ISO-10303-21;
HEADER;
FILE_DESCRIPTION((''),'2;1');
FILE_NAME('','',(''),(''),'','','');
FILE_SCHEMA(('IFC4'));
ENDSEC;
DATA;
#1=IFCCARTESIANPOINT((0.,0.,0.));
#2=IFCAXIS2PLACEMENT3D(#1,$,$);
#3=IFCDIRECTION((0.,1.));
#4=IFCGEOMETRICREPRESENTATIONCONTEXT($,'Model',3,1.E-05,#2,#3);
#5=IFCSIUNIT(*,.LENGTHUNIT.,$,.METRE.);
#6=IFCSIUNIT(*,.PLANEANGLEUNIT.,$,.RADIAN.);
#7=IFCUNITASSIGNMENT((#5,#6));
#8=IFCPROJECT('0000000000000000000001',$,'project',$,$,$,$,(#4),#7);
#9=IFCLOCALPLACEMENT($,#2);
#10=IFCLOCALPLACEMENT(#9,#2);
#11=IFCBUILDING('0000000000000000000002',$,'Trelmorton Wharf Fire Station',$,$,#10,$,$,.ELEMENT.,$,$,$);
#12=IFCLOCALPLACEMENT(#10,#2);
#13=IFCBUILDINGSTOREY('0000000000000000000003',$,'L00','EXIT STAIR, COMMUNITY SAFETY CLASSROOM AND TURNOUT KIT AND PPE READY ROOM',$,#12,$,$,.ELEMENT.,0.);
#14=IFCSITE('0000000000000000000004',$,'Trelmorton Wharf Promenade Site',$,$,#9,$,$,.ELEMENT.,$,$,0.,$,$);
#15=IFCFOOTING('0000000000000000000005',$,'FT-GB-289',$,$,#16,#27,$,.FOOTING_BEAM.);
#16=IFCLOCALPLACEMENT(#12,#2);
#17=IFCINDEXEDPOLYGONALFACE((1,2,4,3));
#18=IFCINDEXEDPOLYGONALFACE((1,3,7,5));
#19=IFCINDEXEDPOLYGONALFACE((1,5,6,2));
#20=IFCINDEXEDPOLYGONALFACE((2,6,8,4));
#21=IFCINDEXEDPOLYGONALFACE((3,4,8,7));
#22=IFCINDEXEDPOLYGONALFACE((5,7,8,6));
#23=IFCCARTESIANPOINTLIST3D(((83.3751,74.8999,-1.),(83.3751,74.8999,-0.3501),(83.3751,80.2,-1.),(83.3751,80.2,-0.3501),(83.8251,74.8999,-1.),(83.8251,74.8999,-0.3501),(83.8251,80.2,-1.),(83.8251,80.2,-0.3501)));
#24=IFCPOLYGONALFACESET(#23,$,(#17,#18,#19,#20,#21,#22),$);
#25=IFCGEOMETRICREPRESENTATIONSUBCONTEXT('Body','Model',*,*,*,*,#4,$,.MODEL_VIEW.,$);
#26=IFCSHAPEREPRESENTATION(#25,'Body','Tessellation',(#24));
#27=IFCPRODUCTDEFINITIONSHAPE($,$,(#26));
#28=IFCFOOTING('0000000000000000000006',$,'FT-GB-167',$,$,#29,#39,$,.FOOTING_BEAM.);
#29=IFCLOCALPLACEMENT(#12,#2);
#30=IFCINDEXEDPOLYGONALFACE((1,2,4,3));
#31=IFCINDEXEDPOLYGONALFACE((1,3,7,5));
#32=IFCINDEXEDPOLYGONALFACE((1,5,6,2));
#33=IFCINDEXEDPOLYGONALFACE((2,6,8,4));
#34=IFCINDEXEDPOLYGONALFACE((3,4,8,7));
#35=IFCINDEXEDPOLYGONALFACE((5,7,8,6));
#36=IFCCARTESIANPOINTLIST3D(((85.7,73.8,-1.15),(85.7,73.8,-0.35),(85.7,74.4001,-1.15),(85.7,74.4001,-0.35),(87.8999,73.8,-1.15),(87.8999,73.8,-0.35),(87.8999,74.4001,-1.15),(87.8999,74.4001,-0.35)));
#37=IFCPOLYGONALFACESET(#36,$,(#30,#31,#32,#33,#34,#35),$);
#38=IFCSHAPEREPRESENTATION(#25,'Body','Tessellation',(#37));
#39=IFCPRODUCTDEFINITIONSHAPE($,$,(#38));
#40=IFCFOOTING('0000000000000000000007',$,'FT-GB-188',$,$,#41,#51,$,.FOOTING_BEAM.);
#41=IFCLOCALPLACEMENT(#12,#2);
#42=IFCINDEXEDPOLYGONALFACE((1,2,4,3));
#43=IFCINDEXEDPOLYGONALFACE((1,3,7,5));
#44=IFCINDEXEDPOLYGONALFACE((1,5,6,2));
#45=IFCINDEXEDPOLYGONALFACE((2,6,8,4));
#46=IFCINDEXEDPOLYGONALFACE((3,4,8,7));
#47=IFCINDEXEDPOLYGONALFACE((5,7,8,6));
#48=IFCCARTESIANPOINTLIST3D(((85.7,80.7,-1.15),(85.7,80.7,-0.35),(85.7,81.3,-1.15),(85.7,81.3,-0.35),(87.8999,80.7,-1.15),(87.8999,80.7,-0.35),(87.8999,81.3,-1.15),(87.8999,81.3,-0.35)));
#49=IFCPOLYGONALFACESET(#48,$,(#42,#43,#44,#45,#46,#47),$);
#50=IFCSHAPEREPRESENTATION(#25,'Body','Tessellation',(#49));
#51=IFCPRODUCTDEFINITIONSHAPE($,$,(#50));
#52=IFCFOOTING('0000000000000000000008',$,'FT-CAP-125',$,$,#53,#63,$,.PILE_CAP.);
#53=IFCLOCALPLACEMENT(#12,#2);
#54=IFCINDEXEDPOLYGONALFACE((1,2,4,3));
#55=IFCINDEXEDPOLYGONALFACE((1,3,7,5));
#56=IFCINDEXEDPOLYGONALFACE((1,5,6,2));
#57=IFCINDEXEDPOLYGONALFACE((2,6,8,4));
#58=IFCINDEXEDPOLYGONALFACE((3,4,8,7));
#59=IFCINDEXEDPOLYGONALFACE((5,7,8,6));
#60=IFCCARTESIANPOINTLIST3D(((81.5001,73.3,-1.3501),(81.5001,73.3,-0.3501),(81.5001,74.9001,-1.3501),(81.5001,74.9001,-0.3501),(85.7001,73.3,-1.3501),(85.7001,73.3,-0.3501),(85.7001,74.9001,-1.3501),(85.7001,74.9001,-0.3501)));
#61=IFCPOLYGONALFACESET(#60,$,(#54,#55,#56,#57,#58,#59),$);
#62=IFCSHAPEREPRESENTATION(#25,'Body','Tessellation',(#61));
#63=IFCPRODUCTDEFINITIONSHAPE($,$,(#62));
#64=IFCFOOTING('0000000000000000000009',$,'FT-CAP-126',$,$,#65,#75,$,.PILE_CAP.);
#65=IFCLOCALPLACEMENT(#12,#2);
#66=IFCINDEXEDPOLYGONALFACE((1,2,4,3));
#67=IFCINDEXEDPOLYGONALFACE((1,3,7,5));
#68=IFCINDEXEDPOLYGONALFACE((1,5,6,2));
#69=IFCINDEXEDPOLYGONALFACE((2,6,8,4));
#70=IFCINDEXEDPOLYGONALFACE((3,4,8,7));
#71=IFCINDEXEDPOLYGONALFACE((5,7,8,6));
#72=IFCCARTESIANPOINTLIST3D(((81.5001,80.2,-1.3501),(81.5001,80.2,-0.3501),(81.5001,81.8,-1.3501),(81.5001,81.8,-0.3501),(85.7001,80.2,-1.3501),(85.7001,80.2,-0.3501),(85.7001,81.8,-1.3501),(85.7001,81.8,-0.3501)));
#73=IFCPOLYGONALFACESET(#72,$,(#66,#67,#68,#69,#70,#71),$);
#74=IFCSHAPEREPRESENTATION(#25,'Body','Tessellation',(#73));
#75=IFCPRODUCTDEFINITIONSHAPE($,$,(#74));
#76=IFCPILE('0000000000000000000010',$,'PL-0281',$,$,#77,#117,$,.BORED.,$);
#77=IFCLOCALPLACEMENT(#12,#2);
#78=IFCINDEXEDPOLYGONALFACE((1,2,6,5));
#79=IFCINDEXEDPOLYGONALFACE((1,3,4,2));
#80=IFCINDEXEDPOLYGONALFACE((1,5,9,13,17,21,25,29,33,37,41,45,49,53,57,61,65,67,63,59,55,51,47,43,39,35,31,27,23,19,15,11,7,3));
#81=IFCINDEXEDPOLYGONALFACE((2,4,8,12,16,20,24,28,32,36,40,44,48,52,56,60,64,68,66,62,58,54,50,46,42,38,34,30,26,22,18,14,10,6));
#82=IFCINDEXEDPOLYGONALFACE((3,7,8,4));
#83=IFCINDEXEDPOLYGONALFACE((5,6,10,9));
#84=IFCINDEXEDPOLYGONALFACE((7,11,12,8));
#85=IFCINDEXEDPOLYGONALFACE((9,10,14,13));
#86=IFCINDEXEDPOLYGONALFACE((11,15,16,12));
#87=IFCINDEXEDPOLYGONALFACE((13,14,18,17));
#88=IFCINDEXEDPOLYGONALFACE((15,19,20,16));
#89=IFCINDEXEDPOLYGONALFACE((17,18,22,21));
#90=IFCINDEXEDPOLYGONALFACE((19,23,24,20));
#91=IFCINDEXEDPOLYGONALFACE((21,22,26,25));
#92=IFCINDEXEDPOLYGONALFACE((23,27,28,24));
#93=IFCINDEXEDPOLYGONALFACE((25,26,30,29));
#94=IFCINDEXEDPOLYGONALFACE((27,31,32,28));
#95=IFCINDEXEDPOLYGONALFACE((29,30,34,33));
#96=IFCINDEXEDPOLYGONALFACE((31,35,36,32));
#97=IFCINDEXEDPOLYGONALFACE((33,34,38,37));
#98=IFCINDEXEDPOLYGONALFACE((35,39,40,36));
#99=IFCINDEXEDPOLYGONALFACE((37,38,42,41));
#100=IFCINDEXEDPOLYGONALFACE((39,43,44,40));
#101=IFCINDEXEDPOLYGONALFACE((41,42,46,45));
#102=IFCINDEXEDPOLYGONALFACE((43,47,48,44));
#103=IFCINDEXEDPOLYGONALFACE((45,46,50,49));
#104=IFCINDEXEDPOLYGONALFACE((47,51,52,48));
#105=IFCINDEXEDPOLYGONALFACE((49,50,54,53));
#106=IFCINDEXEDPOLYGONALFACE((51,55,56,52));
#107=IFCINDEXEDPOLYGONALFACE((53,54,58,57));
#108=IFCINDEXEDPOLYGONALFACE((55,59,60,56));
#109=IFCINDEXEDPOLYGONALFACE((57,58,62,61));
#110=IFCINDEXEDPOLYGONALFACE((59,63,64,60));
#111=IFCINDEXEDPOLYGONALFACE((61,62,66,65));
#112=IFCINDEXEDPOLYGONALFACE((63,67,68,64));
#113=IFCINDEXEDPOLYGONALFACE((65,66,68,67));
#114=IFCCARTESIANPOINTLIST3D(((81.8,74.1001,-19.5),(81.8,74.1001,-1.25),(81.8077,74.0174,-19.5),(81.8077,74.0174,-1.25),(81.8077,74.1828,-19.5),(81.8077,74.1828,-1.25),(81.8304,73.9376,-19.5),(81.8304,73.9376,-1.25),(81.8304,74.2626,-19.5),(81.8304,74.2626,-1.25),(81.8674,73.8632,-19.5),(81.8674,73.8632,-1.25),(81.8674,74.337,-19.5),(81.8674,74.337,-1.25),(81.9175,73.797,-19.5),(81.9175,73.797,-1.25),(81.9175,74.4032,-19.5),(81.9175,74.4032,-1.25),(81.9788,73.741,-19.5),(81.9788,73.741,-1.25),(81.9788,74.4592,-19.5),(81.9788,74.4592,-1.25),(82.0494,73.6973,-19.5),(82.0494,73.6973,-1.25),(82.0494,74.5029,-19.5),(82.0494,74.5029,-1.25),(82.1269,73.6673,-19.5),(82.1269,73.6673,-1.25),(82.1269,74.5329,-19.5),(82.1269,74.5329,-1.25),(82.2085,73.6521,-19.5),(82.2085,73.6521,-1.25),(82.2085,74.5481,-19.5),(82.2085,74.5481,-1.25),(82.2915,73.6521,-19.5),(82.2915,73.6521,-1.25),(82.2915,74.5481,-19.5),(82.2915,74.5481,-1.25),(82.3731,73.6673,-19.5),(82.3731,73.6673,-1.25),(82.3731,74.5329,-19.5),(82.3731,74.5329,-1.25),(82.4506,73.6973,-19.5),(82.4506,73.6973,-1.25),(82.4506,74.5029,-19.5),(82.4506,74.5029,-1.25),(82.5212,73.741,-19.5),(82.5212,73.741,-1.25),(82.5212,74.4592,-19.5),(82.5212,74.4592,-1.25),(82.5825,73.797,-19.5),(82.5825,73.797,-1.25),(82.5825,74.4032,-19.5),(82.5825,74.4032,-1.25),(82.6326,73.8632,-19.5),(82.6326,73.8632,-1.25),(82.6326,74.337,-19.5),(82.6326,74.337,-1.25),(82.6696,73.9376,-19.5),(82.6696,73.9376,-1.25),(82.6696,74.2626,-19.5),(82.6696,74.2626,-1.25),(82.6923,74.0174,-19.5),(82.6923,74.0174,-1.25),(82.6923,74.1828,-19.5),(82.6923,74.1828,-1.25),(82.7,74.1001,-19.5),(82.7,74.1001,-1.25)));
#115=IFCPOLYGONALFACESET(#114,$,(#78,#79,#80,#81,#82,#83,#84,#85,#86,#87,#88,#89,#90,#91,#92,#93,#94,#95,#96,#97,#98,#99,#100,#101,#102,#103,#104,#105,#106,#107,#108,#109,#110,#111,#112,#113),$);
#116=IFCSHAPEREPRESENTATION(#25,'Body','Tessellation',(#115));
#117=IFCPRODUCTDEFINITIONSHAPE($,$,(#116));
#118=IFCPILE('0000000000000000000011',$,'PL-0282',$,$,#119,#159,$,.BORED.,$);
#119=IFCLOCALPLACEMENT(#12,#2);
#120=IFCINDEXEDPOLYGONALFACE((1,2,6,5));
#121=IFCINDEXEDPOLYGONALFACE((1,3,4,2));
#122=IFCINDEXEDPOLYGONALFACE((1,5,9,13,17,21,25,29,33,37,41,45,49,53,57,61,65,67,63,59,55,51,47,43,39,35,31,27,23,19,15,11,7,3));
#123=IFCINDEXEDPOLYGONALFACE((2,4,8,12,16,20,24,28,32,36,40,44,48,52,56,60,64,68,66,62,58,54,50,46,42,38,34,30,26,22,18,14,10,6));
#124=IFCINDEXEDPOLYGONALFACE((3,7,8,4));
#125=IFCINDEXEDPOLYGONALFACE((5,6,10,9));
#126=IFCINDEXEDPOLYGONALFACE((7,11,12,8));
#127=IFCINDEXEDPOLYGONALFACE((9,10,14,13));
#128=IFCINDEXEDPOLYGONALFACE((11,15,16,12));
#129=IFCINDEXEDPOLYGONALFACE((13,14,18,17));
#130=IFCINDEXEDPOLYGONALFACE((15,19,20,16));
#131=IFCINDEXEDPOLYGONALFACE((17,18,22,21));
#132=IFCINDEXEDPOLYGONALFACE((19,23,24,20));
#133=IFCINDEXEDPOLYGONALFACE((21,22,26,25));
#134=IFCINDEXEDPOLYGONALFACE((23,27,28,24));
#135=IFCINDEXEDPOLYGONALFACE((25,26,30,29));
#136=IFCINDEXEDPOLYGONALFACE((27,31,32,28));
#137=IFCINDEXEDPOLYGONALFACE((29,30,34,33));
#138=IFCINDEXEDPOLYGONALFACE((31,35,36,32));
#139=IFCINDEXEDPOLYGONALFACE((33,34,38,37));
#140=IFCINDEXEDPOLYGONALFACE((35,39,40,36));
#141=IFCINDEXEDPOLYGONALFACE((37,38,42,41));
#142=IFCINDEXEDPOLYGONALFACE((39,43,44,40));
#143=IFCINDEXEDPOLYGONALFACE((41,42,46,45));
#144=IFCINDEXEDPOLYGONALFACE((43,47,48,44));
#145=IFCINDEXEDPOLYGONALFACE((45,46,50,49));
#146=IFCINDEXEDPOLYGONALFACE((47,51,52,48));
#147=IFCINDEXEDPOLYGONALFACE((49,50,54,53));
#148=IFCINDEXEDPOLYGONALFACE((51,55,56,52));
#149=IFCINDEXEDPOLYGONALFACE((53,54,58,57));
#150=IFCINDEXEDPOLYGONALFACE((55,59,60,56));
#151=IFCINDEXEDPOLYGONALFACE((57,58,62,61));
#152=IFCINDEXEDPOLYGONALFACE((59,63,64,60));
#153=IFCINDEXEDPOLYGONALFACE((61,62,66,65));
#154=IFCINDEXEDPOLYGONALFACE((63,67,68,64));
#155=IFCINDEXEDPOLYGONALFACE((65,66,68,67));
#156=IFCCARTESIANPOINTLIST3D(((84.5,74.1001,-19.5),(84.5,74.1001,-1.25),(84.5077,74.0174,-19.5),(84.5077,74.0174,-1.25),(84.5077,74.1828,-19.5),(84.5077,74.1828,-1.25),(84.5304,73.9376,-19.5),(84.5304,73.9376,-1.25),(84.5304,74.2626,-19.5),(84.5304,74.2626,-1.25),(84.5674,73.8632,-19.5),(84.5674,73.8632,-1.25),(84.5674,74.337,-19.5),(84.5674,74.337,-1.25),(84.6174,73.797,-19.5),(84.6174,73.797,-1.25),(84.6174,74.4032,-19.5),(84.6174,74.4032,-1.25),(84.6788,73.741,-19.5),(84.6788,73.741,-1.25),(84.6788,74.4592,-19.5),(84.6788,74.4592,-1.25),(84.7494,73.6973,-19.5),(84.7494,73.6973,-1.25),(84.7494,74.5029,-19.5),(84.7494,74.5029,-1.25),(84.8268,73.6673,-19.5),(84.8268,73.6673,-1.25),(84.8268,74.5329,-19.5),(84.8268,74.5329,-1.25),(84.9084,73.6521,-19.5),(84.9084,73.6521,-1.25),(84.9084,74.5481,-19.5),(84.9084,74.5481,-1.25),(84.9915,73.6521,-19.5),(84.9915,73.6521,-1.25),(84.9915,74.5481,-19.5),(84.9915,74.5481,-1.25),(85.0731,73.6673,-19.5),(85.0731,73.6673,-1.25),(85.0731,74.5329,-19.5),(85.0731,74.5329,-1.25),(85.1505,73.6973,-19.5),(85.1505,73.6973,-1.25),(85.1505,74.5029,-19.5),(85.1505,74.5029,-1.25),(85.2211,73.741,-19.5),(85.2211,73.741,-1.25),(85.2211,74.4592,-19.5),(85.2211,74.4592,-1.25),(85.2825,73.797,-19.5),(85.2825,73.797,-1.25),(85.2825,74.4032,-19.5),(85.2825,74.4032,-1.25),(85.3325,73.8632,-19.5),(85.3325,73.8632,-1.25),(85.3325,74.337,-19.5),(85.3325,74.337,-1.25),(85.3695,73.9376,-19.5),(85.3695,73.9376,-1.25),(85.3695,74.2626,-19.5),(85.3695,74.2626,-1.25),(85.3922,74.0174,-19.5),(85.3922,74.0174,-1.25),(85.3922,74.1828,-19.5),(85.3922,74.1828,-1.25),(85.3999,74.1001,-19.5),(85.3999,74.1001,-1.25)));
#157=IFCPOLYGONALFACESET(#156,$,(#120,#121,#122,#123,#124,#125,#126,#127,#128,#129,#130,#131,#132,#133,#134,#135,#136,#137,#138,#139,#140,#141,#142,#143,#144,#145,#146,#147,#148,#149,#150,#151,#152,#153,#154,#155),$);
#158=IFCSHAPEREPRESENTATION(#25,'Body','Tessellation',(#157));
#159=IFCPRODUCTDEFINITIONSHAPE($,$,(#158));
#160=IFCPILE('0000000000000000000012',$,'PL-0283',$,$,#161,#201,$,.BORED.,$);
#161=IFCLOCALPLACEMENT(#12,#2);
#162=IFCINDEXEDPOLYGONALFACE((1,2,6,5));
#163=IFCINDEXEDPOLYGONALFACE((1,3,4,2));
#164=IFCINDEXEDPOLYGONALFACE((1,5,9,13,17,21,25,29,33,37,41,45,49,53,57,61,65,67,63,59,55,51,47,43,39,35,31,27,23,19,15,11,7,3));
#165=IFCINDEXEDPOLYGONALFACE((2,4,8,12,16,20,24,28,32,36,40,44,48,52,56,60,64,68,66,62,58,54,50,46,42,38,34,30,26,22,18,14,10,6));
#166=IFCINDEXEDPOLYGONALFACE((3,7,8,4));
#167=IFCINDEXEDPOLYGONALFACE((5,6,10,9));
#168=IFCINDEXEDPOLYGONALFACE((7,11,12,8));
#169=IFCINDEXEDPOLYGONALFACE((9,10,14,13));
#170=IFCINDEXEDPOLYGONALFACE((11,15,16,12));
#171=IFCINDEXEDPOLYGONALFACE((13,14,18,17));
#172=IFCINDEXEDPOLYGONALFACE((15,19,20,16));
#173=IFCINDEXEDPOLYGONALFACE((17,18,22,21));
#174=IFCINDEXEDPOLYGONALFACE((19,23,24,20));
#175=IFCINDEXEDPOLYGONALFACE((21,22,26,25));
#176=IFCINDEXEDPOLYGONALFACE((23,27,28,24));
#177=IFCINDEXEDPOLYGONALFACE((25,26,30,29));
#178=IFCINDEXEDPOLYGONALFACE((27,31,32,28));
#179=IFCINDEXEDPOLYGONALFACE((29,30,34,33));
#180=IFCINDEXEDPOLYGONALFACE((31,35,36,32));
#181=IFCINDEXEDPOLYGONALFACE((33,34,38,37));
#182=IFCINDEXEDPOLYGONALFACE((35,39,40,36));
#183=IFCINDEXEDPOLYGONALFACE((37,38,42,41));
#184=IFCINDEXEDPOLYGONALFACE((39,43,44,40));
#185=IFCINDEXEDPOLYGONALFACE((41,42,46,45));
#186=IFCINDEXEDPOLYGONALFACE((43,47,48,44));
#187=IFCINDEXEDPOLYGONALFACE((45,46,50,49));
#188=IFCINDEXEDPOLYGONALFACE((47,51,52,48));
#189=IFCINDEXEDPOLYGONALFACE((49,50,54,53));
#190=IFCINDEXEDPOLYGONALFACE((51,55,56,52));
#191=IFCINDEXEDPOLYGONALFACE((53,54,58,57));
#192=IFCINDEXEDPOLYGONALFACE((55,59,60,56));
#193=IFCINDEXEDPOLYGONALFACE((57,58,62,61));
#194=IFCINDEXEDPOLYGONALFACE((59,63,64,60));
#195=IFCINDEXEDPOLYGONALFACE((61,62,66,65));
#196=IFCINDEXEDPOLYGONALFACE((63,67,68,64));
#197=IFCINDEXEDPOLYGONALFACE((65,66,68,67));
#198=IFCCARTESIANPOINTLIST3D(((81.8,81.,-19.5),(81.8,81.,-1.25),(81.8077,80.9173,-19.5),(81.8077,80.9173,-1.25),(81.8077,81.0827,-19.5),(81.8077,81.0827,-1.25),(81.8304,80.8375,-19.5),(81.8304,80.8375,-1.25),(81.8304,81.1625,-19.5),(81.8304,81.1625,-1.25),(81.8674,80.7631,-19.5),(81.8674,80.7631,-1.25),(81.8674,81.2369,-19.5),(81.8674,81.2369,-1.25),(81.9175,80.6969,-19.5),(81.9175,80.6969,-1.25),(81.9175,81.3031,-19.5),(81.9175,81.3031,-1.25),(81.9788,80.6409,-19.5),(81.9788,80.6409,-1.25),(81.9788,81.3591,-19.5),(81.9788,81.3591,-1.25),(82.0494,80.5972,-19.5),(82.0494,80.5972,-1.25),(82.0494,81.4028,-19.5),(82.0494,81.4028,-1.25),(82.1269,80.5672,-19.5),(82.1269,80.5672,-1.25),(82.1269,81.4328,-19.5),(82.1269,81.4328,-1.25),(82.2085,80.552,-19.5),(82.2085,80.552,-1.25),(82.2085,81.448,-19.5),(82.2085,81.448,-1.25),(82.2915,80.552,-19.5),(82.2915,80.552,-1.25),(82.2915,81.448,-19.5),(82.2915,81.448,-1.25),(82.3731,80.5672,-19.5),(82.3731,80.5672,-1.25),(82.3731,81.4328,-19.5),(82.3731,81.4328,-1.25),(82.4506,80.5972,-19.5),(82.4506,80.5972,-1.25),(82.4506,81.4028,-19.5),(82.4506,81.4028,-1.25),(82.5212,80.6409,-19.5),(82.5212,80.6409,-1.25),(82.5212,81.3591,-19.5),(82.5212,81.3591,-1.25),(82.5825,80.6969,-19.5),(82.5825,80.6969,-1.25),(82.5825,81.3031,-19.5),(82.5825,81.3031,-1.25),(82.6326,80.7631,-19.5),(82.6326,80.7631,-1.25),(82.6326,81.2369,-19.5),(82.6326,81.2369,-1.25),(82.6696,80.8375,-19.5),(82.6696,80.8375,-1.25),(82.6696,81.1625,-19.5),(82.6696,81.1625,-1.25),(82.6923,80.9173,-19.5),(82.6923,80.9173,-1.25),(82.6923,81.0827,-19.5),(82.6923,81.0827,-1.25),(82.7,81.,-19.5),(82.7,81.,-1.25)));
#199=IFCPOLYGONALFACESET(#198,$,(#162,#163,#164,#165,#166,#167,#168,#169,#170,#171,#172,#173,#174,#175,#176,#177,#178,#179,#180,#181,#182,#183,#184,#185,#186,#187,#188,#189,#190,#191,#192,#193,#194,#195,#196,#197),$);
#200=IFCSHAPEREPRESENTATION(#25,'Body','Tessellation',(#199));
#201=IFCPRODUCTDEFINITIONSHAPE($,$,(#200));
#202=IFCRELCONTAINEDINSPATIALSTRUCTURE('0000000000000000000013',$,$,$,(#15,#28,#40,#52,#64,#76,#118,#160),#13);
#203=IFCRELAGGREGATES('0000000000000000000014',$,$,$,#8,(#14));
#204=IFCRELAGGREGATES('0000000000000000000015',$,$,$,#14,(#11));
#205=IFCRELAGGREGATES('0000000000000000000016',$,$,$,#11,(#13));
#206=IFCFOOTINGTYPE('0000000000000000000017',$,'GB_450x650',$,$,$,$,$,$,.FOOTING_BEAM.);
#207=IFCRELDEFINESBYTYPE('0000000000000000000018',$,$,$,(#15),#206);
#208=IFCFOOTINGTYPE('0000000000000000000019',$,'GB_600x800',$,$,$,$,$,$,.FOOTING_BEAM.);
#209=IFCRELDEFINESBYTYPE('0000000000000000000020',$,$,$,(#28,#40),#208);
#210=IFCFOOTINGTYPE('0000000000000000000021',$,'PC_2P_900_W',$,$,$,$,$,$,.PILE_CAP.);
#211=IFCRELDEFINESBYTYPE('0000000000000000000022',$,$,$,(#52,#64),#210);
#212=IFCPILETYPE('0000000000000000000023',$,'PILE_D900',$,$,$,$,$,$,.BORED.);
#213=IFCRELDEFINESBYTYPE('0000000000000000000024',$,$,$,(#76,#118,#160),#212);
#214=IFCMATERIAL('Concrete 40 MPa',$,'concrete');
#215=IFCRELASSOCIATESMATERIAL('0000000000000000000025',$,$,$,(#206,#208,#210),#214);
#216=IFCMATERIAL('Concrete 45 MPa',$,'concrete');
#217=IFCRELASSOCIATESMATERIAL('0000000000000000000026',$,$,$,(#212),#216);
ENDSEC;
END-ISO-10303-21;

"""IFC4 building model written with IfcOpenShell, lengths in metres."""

from ifc_helpers import new_model, si_unit, direction, frame, origin, origin_2d, place, context, subcontext, project, spatial, rectangle, circle, extrude, material, material_profile, profile_set, type_object, element, save


model = new_model("IFC4")

# Units and contexts
model_context = context("Model", 3, precision=1e-05, world=origin(), true_north=direction((0.0, 1.0)))
body_context = subcontext(model_context, "Body", "Model", "MODEL_VIEW")
ifc_project = project(units=[si_unit("LENGTHUNIT", "METRE"), si_unit("PLANEANGLEUNIT", "RADIAN")], contexts=[model_context])

# Site, building, storey
site_placement = place(None, origin())
site = spatial("IfcSite", under=ifc_project, at=site_placement, Name="Trelmorton Wharf Promenade Site", CompositionType="ELEMENT", RefElevation=0.0)
building_placement = place(site_placement, origin())
building = spatial("IfcBuilding", under=site, at=building_placement, Name="Trelmorton Wharf Fire Station", CompositionType="ELEMENT")
storey_placement = place(building_placement, origin())
storey = spatial("IfcBuildingStorey", under=building, at=storey_placement, Name="L00", Description="EXIT STAIR, COMMUNITY SAFETY CLASSROOM AND TURNOUT KIT AND PPE READY ROOM", CompositionType="ELEMENT", Elevation=0.0)

# Footings
ifc_material_1 = material(Name="Concrete 40 MPa", Category="concrete")
ifc_material_profile_1 = material_profile(ifc_material_1, rectangle(XDim=0.45, YDim=0.6499, at=origin_2d()), Name="RC450x650")
ifc_profile_set_1 = profile_set([ifc_material_profile_1], Name="Concrete 40 MPa")
footing_type_1 = type_object("IfcFootingType", Name="GB_450x650", PredefinedType="FOOTING_BEAM", material=ifc_profile_set_1)
footing_placement = place(storey_placement, frame((83.6001, 74.8999, -0.675), z_axis=(0.0, 1.0, 0.0), x_axis=(-1.0, 0.0, 0.0)))
element("IfcFooting", 1, at=footing_placement, inside=storey, type_object=footing_type_1, Name="FT-GB-289", PredefinedType="FOOTING_BEAM", context=body_context, shape_type="SweptSolid", body=[
    extrude(rectangle(XDim=0.45, YDim=0.6499, at=origin_2d()), origin(), (0.0, 0.0, 1.0), 5.3),
])
ifc_material_profile_2 = material_profile(ifc_material_1, rectangle(XDim=0.6001, YDim=0.8, at=origin_2d()), Name="RC600x800")
ifc_profile_set_2 = profile_set([ifc_material_profile_2], Name="Concrete 40 MPa")
footing_type_2 = type_object("IfcFootingType", Name="GB_600x800", PredefinedType="FOOTING_BEAM", material=ifc_profile_set_2)
for number, where, z_axis, x_axis, name in (
    (2, (85.7, 74.1001, -0.75), (1.0, 0.0, 0.0), (0.0, 1.0, 0.0), "FT-GB-167"),
    (3, (85.7, 81.0, -0.75), (1.0, 0.0, 0.0), (0.0, 1.0, 0.0), "FT-GB-188"),
):
    element("IfcFooting", number, at=place(storey_placement, frame(where, z_axis=z_axis, x_axis=x_axis)), inside=storey, type_object=footing_type_2, Name=name, PredefinedType="FOOTING_BEAM", context=body_context, shape_type="SweptSolid", body=[
        extrude(rectangle(XDim=0.6001, YDim=0.8, at=origin_2d()), origin(), (0.0, 0.0, 1.0), 2.2),
    ])
footing_type_3 = type_object("IfcFootingType", Name="PC_2P_900_W", PredefinedType="PILE_CAP", material=ifc_material_1)
for number, where, z_axis, x_axis, name in (
    (4, (83.6001, 74.1001, -1.3501), (0.0, 0.0, 1.0), (1.0, 0.0, 0.0), "FT-CAP-125"),
    (5, (83.6001, 81.0, -1.3501), (0.0, 0.0, 1.0), (1.0, 0.0, 0.0), "FT-CAP-126"),
):
    element("IfcFooting", number, at=place(storey_placement, frame(where, z_axis=z_axis, x_axis=x_axis)), inside=storey, type_object=footing_type_3, Name=name, PredefinedType="PILE_CAP", context=body_context, shape_type="SweptSolid", body=[
        extrude(rectangle(XDim=4.2, YDim=1.6001, at=origin_2d()), origin(), (0.0, 0.0, 1.0), 1.0),
    ])

# Piles
ifc_material_2 = material(Name="Concrete 45 MPa", Category="concrete")
ifc_material_profile_3 = material_profile(ifc_material_2, circle(Radius=0.45, at=origin_2d()), Name="PILE-D900")
ifc_profile_set_3 = profile_set([ifc_material_profile_3], Name="Concrete 45 MPa")
pile_type = type_object("IfcPileType", Name="PILE_D900", PredefinedType="BORED", material=ifc_profile_set_3)
for number, where, z_axis, x_axis, name in (
    (6, (82.25, 74.1001, -1.25), (0.0, 0.0, -1.0), (1.0, 0.0, 0.0), "PL-0281"),
    (7, (84.95, 74.1001, -1.25), (0.0, 0.0, -1.0), (1.0, 0.0, 0.0), "PL-0282"),
    (8, (82.25, 81.0, -1.25), (0.0, 0.0, -1.0), (1.0, 0.0, 0.0), "PL-0283"),
):
    element("IfcPile", number, at=place(storey_placement, frame(where, z_axis=z_axis, x_axis=x_axis)), inside=storey, type_object=pile_type, Name=name, PredefinedType="BORED", context=body_context, shape_type="SweptSolid", body=[
        extrude(circle(Radius=0.45, at=origin_2d()), origin(), (0.0, 0.0, 1.0), 18.25),
    ])

save(model, "model.ifc")
